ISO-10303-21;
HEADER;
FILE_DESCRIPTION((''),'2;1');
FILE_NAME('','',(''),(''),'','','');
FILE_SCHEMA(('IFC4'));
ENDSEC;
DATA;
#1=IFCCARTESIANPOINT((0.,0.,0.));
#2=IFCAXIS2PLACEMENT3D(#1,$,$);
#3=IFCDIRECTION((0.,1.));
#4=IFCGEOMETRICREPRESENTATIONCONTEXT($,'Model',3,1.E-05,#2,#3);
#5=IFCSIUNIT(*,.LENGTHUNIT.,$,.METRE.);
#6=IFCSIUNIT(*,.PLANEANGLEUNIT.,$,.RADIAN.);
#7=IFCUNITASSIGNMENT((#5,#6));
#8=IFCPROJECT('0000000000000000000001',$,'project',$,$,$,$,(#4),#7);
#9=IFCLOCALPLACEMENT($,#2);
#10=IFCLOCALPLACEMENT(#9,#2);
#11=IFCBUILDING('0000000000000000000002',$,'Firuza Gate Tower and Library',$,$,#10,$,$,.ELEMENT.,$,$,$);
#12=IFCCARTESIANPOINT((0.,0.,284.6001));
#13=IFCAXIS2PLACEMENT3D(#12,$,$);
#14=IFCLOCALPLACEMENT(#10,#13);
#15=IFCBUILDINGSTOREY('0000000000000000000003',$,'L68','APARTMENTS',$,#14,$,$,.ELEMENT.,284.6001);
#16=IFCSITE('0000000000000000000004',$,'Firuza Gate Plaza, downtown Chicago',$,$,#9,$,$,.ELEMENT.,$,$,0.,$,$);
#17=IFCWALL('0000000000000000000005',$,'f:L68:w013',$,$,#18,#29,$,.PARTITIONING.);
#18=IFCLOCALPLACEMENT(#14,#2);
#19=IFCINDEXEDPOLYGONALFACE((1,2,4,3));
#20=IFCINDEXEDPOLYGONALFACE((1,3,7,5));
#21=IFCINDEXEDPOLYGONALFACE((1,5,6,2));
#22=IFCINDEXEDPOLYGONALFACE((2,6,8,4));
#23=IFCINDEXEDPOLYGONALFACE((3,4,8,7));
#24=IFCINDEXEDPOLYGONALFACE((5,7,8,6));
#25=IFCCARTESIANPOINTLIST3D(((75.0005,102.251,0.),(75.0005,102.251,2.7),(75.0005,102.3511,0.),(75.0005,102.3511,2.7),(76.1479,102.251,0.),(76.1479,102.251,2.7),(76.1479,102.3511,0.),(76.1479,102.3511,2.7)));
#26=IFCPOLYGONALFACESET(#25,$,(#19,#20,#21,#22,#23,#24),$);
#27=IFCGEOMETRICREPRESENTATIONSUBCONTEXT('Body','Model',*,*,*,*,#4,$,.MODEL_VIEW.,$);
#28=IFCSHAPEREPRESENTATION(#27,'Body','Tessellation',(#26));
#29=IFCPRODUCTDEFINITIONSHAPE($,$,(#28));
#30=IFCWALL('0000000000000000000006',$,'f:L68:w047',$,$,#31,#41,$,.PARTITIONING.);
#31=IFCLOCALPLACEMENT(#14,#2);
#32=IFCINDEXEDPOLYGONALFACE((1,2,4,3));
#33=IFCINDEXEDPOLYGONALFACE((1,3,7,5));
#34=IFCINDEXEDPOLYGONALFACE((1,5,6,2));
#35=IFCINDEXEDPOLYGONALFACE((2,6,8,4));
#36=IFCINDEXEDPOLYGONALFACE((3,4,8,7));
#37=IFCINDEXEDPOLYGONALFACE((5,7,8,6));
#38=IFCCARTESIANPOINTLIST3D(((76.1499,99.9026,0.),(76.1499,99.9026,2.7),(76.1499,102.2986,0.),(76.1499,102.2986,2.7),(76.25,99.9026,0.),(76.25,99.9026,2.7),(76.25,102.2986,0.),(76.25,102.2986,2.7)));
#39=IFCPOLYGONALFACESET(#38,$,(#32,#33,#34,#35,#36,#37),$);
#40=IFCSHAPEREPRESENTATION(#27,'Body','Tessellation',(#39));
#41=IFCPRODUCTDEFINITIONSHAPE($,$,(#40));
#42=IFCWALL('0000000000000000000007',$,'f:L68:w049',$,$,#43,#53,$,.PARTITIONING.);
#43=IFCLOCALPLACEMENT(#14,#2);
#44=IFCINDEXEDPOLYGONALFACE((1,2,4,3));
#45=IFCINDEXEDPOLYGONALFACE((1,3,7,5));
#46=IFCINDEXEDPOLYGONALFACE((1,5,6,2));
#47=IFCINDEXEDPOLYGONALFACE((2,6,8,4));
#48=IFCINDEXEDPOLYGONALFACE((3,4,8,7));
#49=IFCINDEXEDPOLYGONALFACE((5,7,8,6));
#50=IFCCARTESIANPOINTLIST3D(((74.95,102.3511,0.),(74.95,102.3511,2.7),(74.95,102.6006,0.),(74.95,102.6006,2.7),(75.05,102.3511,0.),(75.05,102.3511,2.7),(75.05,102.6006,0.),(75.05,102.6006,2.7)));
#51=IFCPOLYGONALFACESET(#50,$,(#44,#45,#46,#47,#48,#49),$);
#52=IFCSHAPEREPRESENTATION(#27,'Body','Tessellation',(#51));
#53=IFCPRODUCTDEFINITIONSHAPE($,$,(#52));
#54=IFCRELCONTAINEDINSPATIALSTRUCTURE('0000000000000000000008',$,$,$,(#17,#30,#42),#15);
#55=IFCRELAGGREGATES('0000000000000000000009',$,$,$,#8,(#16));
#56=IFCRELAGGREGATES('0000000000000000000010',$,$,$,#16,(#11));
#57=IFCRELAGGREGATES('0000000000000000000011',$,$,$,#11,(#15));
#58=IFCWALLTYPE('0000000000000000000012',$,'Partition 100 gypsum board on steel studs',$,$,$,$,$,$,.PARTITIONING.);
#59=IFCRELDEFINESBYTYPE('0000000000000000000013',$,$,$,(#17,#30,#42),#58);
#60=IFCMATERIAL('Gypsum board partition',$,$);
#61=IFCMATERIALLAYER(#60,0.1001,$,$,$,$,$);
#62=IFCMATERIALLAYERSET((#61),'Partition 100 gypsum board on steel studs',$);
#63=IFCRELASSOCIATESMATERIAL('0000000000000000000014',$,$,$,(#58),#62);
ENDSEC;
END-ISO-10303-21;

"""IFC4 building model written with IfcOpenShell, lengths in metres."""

from ifc_helpers import new_model, si_unit, direction, frame, frame_2d, origin, place, context, subcontext, project, spatial, rectangle, extrude, material, layer, layer_set, type_object, element, save


model = new_model("IFC4")

# Units and contexts
model_context = context("Model", 3, precision=1e-05, world=origin(), true_north=direction((0.0, 1.0)))
body_context = subcontext(model_context, "Body", "Model", "MODEL_VIEW")
ifc_project = project(units=[si_unit("LENGTHUNIT", "METRE"), si_unit("PLANEANGLEUNIT", "RADIAN")], contexts=[model_context])

# Site, building, storey
site_placement = place(None, origin())
site = spatial("IfcSite", under=ifc_project, at=site_placement, Name="Firuza Gate Plaza, downtown Chicago", CompositionType="ELEMENT", RefElevation=0.0)
building_placement = place(site_placement, origin())
building = spatial("IfcBuilding", under=site, at=building_placement, Name="Firuza Gate Tower and Library", CompositionType="ELEMENT")
storey_placement = place(building_placement, frame((0.0, 0.0, 284.6001)))
storey = spatial("IfcBuildingStorey", under=building, at=storey_placement, Name="L68", Description="APARTMENTS", CompositionType="ELEMENT", Elevation=284.6001)

# Walls
ifc_material_1 = material(Name="Gypsum board partition")
ifc_layer_1 = layer(ifc_material_1, 0.1001)
ifc_layer_set_1 = layer_set([ifc_layer_1], Name="Partition 100 gypsum board on steel studs")
wall_type_1 = type_object("IfcWallType", Name="Partition 100 gypsum board on steel studs", PredefinedType="PARTITIONING", material=ifc_layer_set_1)
wall_1_placement = place(storey_placement, frame((75.0005, 102.301, 0.0), z_axis=(0.0, 0.0, 1.0), x_axis=(1.0, 0.0, 0.0)))
element("IfcWall", 1, at=wall_1_placement, inside=storey, type_object=wall_type_1, Name="f:L68:w013", PredefinedType="PARTITIONING", context=body_context, shape_type="SweptSolid", body=[
    extrude(rectangle(XDim=1.1475, YDim=0.1001, at=frame_2d((0.5737, 0.0))), origin(), (0.0, 0.0, 1.0), 2.7),
])
wall_2_placement = place(storey_placement, frame((76.2, 99.9026, 0.0), z_axis=(0.0, 0.0, 1.0), x_axis=(0.0, 1.0, 0.0)))
element("IfcWall", 2, at=wall_2_placement, inside=storey, type_object=wall_type_1, Name="f:L68:w047", PredefinedType="PARTITIONING", context=body_context, shape_type="SweptSolid", body=[
    extrude(rectangle(XDim=2.396, YDim=0.1001, at=frame_2d((1.198, 0.0))), origin(), (0.0, 0.0, 1.0), 2.7),
])
wall_3_placement = place(storey_placement, frame((75.0, 102.3511, 0.0), z_axis=(0.0, 0.0, 1.0), x_axis=(0.0, 1.0, 0.0)))
element("IfcWall", 3, at=wall_3_placement, inside=storey, type_object=wall_type_1, Name="f:L68:w049", PredefinedType="PARTITIONING", context=body_context, shape_type="SweptSolid", body=[
    extrude(rectangle(XDim=0.2495, YDim=0.1001, at=frame_2d((0.1248, 0.0))), origin(), (0.0, 0.0, 1.0), 2.7),
])

save(model, "model.ifc")
